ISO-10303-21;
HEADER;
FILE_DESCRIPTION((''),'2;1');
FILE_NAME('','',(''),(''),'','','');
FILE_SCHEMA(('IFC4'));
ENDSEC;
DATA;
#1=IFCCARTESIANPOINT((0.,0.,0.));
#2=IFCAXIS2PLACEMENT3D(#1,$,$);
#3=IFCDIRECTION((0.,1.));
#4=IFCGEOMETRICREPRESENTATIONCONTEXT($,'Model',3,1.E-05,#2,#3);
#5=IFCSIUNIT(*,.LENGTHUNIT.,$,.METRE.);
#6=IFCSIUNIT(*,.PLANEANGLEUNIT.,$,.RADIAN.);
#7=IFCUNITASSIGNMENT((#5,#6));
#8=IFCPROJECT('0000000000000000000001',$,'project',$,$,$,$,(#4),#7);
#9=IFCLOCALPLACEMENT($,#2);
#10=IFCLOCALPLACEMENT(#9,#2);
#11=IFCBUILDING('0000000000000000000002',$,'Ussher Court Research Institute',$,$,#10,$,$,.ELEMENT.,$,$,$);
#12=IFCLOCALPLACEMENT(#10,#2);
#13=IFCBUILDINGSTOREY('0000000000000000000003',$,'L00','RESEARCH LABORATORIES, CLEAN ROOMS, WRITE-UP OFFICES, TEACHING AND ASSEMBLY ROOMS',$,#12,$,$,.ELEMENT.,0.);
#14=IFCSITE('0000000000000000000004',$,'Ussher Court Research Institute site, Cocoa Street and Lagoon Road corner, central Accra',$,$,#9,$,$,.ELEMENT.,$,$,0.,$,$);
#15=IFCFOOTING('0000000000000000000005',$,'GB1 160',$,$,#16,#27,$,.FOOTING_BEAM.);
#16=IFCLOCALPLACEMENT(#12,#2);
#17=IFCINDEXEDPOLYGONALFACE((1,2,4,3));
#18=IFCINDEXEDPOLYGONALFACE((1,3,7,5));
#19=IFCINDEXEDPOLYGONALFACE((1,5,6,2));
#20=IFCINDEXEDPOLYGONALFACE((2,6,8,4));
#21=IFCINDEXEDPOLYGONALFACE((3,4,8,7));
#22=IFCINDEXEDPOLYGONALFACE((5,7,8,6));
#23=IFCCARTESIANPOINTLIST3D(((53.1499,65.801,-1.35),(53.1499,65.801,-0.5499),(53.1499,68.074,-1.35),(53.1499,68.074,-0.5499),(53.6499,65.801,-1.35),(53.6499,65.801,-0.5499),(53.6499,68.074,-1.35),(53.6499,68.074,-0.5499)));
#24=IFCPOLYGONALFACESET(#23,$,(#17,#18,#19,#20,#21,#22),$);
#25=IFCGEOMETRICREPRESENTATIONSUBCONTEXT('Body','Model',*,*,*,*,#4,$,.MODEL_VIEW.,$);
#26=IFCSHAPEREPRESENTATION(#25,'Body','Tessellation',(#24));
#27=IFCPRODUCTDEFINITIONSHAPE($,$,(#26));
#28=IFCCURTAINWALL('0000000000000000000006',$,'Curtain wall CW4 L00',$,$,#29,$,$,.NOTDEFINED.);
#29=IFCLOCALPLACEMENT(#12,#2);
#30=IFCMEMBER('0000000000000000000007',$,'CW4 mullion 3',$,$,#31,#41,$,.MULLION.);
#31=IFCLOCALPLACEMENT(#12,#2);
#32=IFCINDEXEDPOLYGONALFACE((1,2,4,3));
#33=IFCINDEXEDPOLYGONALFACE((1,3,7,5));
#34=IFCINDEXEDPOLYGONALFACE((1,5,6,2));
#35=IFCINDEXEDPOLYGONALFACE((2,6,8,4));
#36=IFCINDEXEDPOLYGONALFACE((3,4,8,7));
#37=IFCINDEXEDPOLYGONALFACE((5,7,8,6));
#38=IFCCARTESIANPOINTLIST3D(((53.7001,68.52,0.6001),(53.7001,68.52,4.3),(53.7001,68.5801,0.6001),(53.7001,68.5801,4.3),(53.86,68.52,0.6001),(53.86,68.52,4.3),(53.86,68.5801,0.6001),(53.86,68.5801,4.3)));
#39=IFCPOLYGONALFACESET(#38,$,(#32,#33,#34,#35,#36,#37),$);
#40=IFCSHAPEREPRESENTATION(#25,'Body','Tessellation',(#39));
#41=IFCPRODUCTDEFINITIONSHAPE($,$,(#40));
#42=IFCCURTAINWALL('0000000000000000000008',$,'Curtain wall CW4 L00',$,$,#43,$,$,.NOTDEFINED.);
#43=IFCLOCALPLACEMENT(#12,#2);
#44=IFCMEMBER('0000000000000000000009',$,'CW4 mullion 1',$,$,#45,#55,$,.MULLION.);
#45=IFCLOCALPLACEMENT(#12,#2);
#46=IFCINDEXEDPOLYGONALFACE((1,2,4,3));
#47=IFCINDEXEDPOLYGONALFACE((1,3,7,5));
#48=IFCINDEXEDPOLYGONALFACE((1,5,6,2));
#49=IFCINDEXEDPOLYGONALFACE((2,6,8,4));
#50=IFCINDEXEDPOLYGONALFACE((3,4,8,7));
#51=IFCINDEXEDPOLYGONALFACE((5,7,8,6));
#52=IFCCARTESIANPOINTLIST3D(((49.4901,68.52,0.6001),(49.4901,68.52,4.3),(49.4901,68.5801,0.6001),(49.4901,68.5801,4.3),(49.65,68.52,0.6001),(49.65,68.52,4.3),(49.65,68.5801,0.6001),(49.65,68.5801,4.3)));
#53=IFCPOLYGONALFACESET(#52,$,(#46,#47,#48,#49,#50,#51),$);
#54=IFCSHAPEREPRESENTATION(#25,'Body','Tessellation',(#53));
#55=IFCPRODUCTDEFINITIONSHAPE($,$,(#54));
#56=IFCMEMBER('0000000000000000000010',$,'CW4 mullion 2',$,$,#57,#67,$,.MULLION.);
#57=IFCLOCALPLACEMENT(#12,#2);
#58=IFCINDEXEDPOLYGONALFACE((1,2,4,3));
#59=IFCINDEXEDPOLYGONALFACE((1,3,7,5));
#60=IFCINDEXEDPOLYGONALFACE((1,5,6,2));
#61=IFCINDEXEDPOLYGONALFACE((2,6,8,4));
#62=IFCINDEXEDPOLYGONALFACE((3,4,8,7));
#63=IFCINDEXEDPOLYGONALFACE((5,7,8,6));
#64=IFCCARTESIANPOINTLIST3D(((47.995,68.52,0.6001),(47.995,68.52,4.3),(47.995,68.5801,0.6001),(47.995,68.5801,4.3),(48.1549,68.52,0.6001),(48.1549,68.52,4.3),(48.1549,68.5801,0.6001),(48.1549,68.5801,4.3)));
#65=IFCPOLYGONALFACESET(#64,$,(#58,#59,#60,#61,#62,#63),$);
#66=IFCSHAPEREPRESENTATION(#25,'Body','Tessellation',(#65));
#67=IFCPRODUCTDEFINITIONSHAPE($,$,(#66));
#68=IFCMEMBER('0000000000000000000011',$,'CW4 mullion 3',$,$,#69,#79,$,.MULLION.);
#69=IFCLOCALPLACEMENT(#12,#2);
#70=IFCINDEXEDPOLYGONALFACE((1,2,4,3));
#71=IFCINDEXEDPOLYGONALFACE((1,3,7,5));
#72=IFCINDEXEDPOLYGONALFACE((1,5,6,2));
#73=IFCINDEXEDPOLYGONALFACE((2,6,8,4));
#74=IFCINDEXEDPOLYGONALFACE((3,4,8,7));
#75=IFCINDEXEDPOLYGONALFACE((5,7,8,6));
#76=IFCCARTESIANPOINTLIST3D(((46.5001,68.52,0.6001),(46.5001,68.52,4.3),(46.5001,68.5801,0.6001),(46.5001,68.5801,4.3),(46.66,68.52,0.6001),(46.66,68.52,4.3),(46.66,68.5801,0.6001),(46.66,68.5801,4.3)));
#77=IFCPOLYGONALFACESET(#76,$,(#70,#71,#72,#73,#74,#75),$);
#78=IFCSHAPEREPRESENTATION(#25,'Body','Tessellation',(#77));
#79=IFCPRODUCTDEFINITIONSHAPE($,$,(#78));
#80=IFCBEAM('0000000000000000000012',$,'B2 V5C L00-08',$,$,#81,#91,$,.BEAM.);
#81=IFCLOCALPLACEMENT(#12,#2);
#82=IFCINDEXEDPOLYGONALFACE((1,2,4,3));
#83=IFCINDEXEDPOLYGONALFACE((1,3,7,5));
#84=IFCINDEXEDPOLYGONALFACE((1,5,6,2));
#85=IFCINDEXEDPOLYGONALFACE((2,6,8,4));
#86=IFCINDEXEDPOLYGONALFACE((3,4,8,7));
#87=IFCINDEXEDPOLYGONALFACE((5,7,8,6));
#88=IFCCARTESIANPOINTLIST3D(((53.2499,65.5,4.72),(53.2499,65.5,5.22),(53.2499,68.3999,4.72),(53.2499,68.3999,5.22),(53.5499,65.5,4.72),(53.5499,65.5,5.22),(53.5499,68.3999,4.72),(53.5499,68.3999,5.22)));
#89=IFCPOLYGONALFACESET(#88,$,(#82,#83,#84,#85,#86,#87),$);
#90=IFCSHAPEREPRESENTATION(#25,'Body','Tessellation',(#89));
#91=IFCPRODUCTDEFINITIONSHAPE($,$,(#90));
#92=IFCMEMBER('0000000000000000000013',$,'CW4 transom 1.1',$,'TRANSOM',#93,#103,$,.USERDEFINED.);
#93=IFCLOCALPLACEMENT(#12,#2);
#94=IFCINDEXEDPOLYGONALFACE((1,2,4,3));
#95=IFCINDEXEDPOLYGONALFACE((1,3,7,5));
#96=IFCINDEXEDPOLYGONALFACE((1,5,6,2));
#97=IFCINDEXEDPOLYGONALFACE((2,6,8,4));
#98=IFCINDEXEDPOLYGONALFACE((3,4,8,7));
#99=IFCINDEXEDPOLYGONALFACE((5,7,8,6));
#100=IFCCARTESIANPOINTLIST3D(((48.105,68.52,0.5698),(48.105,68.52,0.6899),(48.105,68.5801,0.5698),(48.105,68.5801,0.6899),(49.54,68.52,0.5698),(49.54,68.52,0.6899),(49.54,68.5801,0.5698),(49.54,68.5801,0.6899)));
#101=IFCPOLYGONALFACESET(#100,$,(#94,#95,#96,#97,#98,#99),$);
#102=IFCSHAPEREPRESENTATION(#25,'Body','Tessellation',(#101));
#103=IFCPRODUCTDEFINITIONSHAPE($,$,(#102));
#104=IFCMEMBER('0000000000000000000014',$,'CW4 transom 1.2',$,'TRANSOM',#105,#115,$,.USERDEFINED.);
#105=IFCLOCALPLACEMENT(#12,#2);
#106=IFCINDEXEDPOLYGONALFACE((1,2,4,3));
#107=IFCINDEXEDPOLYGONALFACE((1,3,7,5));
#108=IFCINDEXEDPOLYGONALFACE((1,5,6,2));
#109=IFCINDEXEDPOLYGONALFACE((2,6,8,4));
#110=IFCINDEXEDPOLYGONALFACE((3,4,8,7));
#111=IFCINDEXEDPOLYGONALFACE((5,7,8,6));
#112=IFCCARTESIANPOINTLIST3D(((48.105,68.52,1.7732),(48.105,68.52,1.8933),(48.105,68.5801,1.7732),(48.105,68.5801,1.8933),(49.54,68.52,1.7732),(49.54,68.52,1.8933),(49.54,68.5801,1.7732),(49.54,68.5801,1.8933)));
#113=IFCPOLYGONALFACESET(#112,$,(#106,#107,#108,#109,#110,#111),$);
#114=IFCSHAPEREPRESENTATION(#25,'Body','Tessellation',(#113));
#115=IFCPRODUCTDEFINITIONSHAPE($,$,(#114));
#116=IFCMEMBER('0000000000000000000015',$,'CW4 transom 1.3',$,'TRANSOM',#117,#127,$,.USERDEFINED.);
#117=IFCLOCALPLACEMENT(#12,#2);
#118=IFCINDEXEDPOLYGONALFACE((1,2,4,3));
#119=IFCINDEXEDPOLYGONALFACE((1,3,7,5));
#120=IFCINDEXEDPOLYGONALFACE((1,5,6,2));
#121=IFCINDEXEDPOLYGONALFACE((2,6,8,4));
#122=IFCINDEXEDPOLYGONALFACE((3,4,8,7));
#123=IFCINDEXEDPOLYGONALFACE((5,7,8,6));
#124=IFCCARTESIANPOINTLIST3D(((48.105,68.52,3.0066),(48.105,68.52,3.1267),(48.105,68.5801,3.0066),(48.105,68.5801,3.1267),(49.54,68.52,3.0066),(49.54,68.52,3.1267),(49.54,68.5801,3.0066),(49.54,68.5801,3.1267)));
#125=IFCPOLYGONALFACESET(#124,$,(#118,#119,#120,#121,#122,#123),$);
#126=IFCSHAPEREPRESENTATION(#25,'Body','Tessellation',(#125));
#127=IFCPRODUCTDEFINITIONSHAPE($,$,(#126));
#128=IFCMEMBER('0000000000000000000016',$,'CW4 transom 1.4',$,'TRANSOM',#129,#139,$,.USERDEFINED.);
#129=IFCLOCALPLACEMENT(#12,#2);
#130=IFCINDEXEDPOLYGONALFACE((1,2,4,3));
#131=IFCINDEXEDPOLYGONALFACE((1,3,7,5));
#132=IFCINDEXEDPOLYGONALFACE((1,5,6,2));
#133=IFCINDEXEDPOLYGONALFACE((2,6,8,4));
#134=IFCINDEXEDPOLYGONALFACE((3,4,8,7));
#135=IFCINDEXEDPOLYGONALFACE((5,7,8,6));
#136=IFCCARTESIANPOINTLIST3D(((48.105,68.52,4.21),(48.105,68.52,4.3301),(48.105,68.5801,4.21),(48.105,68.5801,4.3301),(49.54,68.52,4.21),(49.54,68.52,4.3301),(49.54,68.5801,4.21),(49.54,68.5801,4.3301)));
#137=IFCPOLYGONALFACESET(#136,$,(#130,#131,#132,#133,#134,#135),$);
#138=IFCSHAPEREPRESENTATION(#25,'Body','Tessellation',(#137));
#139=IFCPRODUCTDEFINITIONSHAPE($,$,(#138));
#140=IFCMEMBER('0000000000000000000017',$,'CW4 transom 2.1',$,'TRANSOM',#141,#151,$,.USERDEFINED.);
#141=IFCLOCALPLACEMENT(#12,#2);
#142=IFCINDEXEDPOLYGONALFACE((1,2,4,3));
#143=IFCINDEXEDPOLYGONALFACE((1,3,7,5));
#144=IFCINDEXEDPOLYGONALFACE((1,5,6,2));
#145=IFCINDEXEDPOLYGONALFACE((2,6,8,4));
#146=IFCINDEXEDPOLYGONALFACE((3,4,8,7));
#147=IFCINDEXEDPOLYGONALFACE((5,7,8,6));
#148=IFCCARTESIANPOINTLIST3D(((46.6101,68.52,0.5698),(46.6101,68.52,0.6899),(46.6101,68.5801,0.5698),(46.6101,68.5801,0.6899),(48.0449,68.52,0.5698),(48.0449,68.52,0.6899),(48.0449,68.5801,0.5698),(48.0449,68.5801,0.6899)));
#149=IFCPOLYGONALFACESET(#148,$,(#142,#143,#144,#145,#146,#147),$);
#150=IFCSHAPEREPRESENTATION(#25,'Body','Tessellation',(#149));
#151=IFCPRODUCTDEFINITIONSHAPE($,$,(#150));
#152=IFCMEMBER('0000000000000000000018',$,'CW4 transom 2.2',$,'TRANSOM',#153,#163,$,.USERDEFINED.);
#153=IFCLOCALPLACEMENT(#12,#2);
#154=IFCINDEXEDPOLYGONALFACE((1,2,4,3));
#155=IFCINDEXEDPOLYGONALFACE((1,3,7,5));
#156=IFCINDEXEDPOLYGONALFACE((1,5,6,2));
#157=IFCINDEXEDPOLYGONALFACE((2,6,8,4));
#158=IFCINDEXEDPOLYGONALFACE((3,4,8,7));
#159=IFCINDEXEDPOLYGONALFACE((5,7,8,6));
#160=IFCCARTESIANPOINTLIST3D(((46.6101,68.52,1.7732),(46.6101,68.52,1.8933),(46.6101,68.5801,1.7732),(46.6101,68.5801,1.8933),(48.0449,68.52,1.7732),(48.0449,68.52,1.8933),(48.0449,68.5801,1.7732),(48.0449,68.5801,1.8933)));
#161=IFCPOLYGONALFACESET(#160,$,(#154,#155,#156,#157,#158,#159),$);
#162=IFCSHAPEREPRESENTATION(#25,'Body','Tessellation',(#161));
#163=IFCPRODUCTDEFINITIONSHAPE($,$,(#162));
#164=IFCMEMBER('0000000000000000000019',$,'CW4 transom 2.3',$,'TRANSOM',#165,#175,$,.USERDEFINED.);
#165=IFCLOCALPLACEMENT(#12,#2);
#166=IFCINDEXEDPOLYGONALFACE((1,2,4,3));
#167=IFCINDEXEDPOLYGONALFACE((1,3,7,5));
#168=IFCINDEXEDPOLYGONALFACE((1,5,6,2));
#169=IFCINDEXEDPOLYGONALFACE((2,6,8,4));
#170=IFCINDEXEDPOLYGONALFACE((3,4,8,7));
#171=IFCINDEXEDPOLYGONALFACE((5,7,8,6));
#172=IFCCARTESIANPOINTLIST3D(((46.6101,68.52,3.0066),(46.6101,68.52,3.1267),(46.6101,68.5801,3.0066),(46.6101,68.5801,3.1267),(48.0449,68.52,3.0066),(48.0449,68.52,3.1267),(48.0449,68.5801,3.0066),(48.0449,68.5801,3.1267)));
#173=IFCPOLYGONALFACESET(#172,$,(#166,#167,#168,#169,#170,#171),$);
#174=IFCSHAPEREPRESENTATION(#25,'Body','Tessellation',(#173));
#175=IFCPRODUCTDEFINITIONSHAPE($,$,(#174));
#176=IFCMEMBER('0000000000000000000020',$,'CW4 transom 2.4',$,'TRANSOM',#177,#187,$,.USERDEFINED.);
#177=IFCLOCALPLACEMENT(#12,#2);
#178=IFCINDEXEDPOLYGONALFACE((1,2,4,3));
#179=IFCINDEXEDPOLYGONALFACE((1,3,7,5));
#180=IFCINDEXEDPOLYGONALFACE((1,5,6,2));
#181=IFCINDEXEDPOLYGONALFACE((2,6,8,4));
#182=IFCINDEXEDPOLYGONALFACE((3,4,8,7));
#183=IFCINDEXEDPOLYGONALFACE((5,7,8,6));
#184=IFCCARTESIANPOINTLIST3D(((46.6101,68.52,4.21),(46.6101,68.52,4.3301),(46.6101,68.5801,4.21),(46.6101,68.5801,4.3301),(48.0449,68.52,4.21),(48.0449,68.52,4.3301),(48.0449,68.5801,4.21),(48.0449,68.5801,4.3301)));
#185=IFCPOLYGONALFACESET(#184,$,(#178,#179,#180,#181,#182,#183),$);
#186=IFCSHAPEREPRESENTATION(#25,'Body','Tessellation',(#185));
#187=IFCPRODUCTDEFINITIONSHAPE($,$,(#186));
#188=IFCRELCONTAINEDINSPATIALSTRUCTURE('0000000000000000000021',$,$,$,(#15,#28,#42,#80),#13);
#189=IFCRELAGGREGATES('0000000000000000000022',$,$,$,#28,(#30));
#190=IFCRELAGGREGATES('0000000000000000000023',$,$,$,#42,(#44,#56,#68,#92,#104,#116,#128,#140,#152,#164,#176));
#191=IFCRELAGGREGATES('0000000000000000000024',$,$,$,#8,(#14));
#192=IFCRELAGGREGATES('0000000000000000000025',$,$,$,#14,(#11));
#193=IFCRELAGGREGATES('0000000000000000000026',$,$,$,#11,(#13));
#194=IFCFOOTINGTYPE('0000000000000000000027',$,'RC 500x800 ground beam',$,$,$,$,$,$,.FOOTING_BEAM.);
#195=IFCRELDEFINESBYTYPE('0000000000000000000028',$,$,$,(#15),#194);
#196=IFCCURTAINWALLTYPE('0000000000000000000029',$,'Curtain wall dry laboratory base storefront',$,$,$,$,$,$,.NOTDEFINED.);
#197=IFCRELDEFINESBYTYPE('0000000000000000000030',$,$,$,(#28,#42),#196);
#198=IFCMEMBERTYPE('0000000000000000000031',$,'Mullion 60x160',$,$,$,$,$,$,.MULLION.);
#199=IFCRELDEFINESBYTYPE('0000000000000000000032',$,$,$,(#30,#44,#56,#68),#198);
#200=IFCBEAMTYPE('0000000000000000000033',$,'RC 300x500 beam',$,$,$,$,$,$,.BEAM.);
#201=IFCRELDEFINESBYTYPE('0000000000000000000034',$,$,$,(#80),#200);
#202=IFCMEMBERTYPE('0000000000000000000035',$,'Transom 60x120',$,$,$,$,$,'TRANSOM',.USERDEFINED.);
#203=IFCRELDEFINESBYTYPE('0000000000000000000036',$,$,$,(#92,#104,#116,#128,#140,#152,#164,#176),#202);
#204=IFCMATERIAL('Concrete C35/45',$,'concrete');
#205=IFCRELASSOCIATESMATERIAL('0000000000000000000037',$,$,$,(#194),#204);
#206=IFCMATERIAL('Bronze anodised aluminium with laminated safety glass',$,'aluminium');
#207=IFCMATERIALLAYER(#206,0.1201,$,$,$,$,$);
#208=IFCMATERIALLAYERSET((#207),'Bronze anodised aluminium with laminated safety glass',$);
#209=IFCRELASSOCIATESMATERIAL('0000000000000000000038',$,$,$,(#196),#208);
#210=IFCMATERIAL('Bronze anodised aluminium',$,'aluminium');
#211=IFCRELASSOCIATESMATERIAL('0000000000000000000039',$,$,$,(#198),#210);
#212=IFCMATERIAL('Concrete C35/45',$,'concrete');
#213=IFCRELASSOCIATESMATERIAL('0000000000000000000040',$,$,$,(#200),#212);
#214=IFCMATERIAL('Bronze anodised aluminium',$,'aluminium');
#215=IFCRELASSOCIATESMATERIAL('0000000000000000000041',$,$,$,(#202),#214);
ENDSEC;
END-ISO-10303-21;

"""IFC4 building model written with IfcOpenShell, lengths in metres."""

from ifc_helpers import new_model, si_unit, direction, frame, origin, origin_2d, place, context, subcontext, project, spatial, rectangle, extrude, material, layer, layer_set, material_profile, profile_set, type_object, element, aggregate, save


model = new_model("IFC4")

# Units and contexts
model_context = context("Model", 3, precision=1e-05, world=origin(), true_north=direction((0.0, 1.0)))
body_context = subcontext(model_context, "Body", "Model", "MODEL_VIEW")
ifc_project = project(units=[si_unit("LENGTHUNIT", "METRE"), si_unit("PLANEANGLEUNIT", "RADIAN")], contexts=[model_context])

# Site, building, storey
site_placement = place(None, origin())
site = spatial("IfcSite", under=ifc_project, at=site_placement, Name="Ussher Court Research Institute site, Cocoa Street and Lagoon Road corner, central Accra", CompositionType="ELEMENT", RefElevation=0.0)
building_placement = place(site_placement, origin())
building = spatial("IfcBuilding", under=site, at=building_placement, Name="Ussher Court Research Institute", CompositionType="ELEMENT")
storey_placement = place(building_placement, origin())
storey = spatial("IfcBuildingStorey", under=building, at=storey_placement, Name="L00", Description="RESEARCH LABORATORIES, CLEAN ROOMS, WRITE-UP OFFICES, TEACHING AND ASSEMBLY ROOMS", CompositionType="ELEMENT", Elevation=0.0)

# Footing
ifc_material_1 = material(Name="Concrete C35/45", Category="concrete")
ifc_material_profile_1 = material_profile(ifc_material_1, rectangle(XDim=0.5, YDim=0.8, at=origin_2d()), Name="RC 500x800")
ifc_profile_set_1 = profile_set([ifc_material_profile_1], Name="Concrete C35/45")
footing_type = type_object("IfcFootingType", Name="RC 500x800 ground beam", PredefinedType="FOOTING_BEAM", material=ifc_profile_set_1)
footing_placement = place(storey_placement, frame((53.3999, 65.801, -0.95), z_axis=(0.0, 1.0, 0.0), x_axis=(-1.0, 0.0, 0.0)))
element("IfcFooting", 1, at=footing_placement, inside=storey, type_object=footing_type, Name="GB1 160", PredefinedType="FOOTING_BEAM", context=body_context, shape_type="SweptSolid", body=[
    extrude(rectangle(XDim=0.5, YDim=0.8, at=origin_2d()), origin(), (0.0, 0.0, 1.0), 2.2729),
])

# Curtain wall, member
ifc_material_2 = material(Name="Bronze anodised aluminium with laminated safety glass", Category="aluminium")
ifc_layer_1 = layer(ifc_material_2, 0.1201)
ifc_layer_set_1 = layer_set([ifc_layer_1], Name="Bronze anodised aluminium with laminated safety glass")
curtain_wall_type = type_object("IfcCurtainWallType", Name="Curtain wall dry laboratory base storefront", PredefinedType="NOTDEFINED", material=ifc_layer_set_1)
curtain_wall_1_placement = place(storey_placement, origin())
curtain_wall_1 = element("IfcCurtainWall", 2, at=curtain_wall_1_placement, inside=storey, type_object=curtain_wall_type, Name="Curtain wall CW4 L00", PredefinedType="NOTDEFINED")
ifc_material_3 = material(Name="Bronze anodised aluminium", Category="aluminium")
ifc_material_profile_2 = material_profile(ifc_material_3, rectangle(XDim=0.0601, YDim=0.1599, at=origin_2d()), Name="Mullion 60x160")
ifc_profile_set_2 = profile_set([ifc_material_profile_2], Name="Bronze anodised aluminium")
member_type_1 = type_object("IfcMemberType", Name="Mullion 60x160", PredefinedType="MULLION", material=ifc_profile_set_2)
member_1_placement = place(storey_placement, frame((53.78, 68.55, 0.6001), z_axis=(0.0, 0.0, 1.0), x_axis=(0.0, -1.0, 0.0)))
member_1 = element("IfcMember", 3, at=member_1_placement, type_object=member_type_1, Name="CW4 mullion 3", PredefinedType="MULLION", context=body_context, shape_type="SweptSolid", body=[
    extrude(rectangle(XDim=0.0601, YDim=0.1599, at=origin_2d()), origin(), (0.0, 0.0, 1.0), 3.7),
])

# Curtain wall, members
curtain_wall_2_placement = place(storey_placement, origin())
curtain_wall_2 = element("IfcCurtainWall", 4, at=curtain_wall_2_placement, inside=storey, type_object=curtain_wall_type, Name="Curtain wall CW4 L00", PredefinedType="NOTDEFINED")
member_2_placement = place(storey_placement, frame((49.5701, 68.55, 0.6001), z_axis=(0.0, 0.0, 1.0), x_axis=(0.0, -1.0, 0.0)))
member_2 = element("IfcMember", 5, at=member_2_placement, type_object=member_type_1, Name="CW4 mullion 1", PredefinedType="MULLION", context=body_context, shape_type="SweptSolid", body=[
    extrude(rectangle(XDim=0.0601, YDim=0.1599, at=origin_2d()), origin(), (0.0, 0.0, 1.0), 3.7),
])
member_3_placement = place(storey_placement, frame((48.075, 68.55, 0.6001), z_axis=(0.0, 0.0, 1.0), x_axis=(0.0, -1.0, 0.0)))
member_3 = element("IfcMember", 6, at=member_3_placement, type_object=member_type_1, Name="CW4 mullion 2", PredefinedType="MULLION", context=body_context, shape_type="SweptSolid", body=[
    extrude(rectangle(XDim=0.0601, YDim=0.1599, at=origin_2d()), origin(), (0.0, 0.0, 1.0), 3.7),
])
member_4_placement = place(storey_placement, frame((46.5801, 68.55, 0.6001), z_axis=(0.0, 0.0, 1.0), x_axis=(0.0, -1.0, 0.0)))
member_4 = element("IfcMember", 7, at=member_4_placement, type_object=member_type_1, Name="CW4 mullion 3", PredefinedType="MULLION", context=body_context, shape_type="SweptSolid", body=[
    extrude(rectangle(XDim=0.0601, YDim=0.1599, at=origin_2d()), origin(), (0.0, 0.0, 1.0), 3.7),
])

# Beam
ifc_material_4 = material(Name="Concrete C35/45", Category="concrete")
ifc_material_profile_3 = material_profile(ifc_material_4, rectangle(XDim=0.3, YDim=0.5, at=origin_2d()), Name="RC 300x500")
ifc_profile_set_3 = profile_set([ifc_material_profile_3], Name="Concrete C35/45")
beam_type = type_object("IfcBeamType", Name="RC 300x500 beam", PredefinedType="BEAM", material=ifc_profile_set_3)
beam_placement = place(storey_placement, frame((53.3999, 65.5, 4.97), z_axis=(0.0, 1.0, 0.0), x_axis=(-1.0, 0.0, 0.0)))
element("IfcBeam", 8, at=beam_placement, inside=storey, type_object=beam_type, Name="B2 V5C L00-08", PredefinedType="BEAM", context=body_context, shape_type="SweptSolid", body=[
    extrude(rectangle(XDim=0.3, YDim=0.5, at=origin_2d()), origin(), (0.0, 0.0, 1.0), 2.8999),
])

# Members
ifc_material_5 = material(Name="Bronze anodised aluminium", Category="aluminium")
ifc_material_profile_4 = material_profile(ifc_material_5, rectangle(XDim=0.0601, YDim=0.1201, at=origin_2d()), Name="Transom 60x120")
ifc_profile_set_4 = profile_set([ifc_material_profile_4], Name="Bronze anodised aluminium")
member_type_2 = type_object("IfcMemberType", Name="Transom 60x120", ElementType="TRANSOM", PredefinedType="USERDEFINED", material=ifc_profile_set_4)
member_5_placement = place(storey_placement, frame((49.54, 68.55, 0.6299), z_axis=(-1.0, 0.0, 0.0), x_axis=(0.0, -1.0, 0.0)))
member_5 = element("IfcMember", 9, at=member_5_placement, type_object=member_type_2, Name="CW4 transom 1.1", ObjectType="TRANSOM", PredefinedType="USERDEFINED", context=body_context, shape_type="SweptSolid", body=[
    extrude(rectangle(XDim=0.0601, YDim=0.1201, at=origin_2d()), origin(), (0.0, 0.0, 1.0), 1.4351),
])
member_6_placement = place(storey_placement, frame((49.54, 68.55, 1.8333), z_axis=(-1.0, 0.0, 0.0), x_axis=(0.0, -1.0, 0.0)))
member_6 = element("IfcMember", 10, at=member_6_placement, type_object=member_type_2, Name="CW4 transom 1.2", ObjectType="TRANSOM", PredefinedType="USERDEFINED", context=body_context, shape_type="SweptSolid", body=[
    extrude(rectangle(XDim=0.0601, YDim=0.1201, at=origin_2d()), origin(), (0.0, 0.0, 1.0), 1.4351),
])
member_7_placement = place(storey_placement, frame((49.54, 68.55, 3.0667), z_axis=(-1.0, 0.0, 0.0), x_axis=(0.0, -1.0, 0.0)))
member_7 = element("IfcMember", 11, at=member_7_placement, type_object=member_type_2, Name="CW4 transom 1.3", ObjectType="TRANSOM", PredefinedType="USERDEFINED", context=body_context, shape_type="SweptSolid", body=[
    extrude(rectangle(XDim=0.0601, YDim=0.1201, at=origin_2d()), origin(), (0.0, 0.0, 1.0), 1.4351),
])
member_8_placement = place(storey_placement, frame((49.54, 68.55, 4.27), z_axis=(-1.0, 0.0, 0.0), x_axis=(0.0, -1.0, 0.0)))
member_8 = element("IfcMember", 12, at=member_8_placement, type_object=member_type_2, Name="CW4 transom 1.4", ObjectType="TRANSOM", PredefinedType="USERDEFINED", context=body_context, shape_type="SweptSolid", body=[
    extrude(rectangle(XDim=0.0601, YDim=0.1201, at=origin_2d()), origin(), (0.0, 0.0, 1.0), 1.4351),
])
member_9_placement = place(storey_placement, frame((48.0449, 68.55, 0.6299), z_axis=(-1.0, 0.0, 0.0), x_axis=(0.0, -1.0, 0.0)))
member_9 = element("IfcMember", 13, at=member_9_placement, type_object=member_type_2, Name="CW4 transom 2.1", ObjectType="TRANSOM", PredefinedType="USERDEFINED", context=body_context, shape_type="SweptSolid", body=[
    extrude(rectangle(XDim=0.0601, YDim=0.1201, at=origin_2d()), origin(), (0.0, 0.0, 1.0), 1.4348),
])
member_10_placement = place(storey_placement, frame((48.0449, 68.55, 1.8333), z_axis=(-1.0, 0.0, 0.0), x_axis=(0.0, -1.0, 0.0)))
member_10 = element("IfcMember", 14, at=member_10_placement, type_object=member_type_2, Name="CW4 transom 2.2", ObjectType="TRANSOM", PredefinedType="USERDEFINED", context=body_context, shape_type="SweptSolid", body=[
    extrude(rectangle(XDim=0.0601, YDim=0.1201, at=origin_2d()), origin(), (0.0, 0.0, 1.0), 1.4348),
])
member_11_placement = place(storey_placement, frame((48.0449, 68.55, 3.0667), z_axis=(-1.0, 0.0, 0.0), x_axis=(0.0, -1.0, 0.0)))
member_11 = element("IfcMember", 15, at=member_11_placement, type_object=member_type_2, Name="CW4 transom 2.3", ObjectType="TRANSOM", PredefinedType="USERDEFINED", context=body_context, shape_type="SweptSolid", body=[
    extrude(rectangle(XDim=0.0601, YDim=0.1201, at=origin_2d()), origin(), (0.0, 0.0, 1.0), 1.4348),
])
member_12_placement = place(storey_placement, frame((48.0449, 68.55, 4.27), z_axis=(-1.0, 0.0, 0.0), x_axis=(0.0, -1.0, 0.0)))
member_12 = element("IfcMember", 16, at=member_12_placement, type_object=member_type_2, Name="CW4 transom 2.4", ObjectType="TRANSOM", PredefinedType="USERDEFINED", context=body_context, shape_type="SweptSolid", body=[
    extrude(rectangle(XDim=0.0601, YDim=0.1201, at=origin_2d()), origin(), (0.0, 0.0, 1.0), 1.4348),
])

aggregate(curtain_wall_1, [member_1])
aggregate(curtain_wall_2, [member_2, member_3, member_4, member_5, member_6, member_7, member_8, member_9, member_10, member_11, member_12])

save(model, "model.ifc")
